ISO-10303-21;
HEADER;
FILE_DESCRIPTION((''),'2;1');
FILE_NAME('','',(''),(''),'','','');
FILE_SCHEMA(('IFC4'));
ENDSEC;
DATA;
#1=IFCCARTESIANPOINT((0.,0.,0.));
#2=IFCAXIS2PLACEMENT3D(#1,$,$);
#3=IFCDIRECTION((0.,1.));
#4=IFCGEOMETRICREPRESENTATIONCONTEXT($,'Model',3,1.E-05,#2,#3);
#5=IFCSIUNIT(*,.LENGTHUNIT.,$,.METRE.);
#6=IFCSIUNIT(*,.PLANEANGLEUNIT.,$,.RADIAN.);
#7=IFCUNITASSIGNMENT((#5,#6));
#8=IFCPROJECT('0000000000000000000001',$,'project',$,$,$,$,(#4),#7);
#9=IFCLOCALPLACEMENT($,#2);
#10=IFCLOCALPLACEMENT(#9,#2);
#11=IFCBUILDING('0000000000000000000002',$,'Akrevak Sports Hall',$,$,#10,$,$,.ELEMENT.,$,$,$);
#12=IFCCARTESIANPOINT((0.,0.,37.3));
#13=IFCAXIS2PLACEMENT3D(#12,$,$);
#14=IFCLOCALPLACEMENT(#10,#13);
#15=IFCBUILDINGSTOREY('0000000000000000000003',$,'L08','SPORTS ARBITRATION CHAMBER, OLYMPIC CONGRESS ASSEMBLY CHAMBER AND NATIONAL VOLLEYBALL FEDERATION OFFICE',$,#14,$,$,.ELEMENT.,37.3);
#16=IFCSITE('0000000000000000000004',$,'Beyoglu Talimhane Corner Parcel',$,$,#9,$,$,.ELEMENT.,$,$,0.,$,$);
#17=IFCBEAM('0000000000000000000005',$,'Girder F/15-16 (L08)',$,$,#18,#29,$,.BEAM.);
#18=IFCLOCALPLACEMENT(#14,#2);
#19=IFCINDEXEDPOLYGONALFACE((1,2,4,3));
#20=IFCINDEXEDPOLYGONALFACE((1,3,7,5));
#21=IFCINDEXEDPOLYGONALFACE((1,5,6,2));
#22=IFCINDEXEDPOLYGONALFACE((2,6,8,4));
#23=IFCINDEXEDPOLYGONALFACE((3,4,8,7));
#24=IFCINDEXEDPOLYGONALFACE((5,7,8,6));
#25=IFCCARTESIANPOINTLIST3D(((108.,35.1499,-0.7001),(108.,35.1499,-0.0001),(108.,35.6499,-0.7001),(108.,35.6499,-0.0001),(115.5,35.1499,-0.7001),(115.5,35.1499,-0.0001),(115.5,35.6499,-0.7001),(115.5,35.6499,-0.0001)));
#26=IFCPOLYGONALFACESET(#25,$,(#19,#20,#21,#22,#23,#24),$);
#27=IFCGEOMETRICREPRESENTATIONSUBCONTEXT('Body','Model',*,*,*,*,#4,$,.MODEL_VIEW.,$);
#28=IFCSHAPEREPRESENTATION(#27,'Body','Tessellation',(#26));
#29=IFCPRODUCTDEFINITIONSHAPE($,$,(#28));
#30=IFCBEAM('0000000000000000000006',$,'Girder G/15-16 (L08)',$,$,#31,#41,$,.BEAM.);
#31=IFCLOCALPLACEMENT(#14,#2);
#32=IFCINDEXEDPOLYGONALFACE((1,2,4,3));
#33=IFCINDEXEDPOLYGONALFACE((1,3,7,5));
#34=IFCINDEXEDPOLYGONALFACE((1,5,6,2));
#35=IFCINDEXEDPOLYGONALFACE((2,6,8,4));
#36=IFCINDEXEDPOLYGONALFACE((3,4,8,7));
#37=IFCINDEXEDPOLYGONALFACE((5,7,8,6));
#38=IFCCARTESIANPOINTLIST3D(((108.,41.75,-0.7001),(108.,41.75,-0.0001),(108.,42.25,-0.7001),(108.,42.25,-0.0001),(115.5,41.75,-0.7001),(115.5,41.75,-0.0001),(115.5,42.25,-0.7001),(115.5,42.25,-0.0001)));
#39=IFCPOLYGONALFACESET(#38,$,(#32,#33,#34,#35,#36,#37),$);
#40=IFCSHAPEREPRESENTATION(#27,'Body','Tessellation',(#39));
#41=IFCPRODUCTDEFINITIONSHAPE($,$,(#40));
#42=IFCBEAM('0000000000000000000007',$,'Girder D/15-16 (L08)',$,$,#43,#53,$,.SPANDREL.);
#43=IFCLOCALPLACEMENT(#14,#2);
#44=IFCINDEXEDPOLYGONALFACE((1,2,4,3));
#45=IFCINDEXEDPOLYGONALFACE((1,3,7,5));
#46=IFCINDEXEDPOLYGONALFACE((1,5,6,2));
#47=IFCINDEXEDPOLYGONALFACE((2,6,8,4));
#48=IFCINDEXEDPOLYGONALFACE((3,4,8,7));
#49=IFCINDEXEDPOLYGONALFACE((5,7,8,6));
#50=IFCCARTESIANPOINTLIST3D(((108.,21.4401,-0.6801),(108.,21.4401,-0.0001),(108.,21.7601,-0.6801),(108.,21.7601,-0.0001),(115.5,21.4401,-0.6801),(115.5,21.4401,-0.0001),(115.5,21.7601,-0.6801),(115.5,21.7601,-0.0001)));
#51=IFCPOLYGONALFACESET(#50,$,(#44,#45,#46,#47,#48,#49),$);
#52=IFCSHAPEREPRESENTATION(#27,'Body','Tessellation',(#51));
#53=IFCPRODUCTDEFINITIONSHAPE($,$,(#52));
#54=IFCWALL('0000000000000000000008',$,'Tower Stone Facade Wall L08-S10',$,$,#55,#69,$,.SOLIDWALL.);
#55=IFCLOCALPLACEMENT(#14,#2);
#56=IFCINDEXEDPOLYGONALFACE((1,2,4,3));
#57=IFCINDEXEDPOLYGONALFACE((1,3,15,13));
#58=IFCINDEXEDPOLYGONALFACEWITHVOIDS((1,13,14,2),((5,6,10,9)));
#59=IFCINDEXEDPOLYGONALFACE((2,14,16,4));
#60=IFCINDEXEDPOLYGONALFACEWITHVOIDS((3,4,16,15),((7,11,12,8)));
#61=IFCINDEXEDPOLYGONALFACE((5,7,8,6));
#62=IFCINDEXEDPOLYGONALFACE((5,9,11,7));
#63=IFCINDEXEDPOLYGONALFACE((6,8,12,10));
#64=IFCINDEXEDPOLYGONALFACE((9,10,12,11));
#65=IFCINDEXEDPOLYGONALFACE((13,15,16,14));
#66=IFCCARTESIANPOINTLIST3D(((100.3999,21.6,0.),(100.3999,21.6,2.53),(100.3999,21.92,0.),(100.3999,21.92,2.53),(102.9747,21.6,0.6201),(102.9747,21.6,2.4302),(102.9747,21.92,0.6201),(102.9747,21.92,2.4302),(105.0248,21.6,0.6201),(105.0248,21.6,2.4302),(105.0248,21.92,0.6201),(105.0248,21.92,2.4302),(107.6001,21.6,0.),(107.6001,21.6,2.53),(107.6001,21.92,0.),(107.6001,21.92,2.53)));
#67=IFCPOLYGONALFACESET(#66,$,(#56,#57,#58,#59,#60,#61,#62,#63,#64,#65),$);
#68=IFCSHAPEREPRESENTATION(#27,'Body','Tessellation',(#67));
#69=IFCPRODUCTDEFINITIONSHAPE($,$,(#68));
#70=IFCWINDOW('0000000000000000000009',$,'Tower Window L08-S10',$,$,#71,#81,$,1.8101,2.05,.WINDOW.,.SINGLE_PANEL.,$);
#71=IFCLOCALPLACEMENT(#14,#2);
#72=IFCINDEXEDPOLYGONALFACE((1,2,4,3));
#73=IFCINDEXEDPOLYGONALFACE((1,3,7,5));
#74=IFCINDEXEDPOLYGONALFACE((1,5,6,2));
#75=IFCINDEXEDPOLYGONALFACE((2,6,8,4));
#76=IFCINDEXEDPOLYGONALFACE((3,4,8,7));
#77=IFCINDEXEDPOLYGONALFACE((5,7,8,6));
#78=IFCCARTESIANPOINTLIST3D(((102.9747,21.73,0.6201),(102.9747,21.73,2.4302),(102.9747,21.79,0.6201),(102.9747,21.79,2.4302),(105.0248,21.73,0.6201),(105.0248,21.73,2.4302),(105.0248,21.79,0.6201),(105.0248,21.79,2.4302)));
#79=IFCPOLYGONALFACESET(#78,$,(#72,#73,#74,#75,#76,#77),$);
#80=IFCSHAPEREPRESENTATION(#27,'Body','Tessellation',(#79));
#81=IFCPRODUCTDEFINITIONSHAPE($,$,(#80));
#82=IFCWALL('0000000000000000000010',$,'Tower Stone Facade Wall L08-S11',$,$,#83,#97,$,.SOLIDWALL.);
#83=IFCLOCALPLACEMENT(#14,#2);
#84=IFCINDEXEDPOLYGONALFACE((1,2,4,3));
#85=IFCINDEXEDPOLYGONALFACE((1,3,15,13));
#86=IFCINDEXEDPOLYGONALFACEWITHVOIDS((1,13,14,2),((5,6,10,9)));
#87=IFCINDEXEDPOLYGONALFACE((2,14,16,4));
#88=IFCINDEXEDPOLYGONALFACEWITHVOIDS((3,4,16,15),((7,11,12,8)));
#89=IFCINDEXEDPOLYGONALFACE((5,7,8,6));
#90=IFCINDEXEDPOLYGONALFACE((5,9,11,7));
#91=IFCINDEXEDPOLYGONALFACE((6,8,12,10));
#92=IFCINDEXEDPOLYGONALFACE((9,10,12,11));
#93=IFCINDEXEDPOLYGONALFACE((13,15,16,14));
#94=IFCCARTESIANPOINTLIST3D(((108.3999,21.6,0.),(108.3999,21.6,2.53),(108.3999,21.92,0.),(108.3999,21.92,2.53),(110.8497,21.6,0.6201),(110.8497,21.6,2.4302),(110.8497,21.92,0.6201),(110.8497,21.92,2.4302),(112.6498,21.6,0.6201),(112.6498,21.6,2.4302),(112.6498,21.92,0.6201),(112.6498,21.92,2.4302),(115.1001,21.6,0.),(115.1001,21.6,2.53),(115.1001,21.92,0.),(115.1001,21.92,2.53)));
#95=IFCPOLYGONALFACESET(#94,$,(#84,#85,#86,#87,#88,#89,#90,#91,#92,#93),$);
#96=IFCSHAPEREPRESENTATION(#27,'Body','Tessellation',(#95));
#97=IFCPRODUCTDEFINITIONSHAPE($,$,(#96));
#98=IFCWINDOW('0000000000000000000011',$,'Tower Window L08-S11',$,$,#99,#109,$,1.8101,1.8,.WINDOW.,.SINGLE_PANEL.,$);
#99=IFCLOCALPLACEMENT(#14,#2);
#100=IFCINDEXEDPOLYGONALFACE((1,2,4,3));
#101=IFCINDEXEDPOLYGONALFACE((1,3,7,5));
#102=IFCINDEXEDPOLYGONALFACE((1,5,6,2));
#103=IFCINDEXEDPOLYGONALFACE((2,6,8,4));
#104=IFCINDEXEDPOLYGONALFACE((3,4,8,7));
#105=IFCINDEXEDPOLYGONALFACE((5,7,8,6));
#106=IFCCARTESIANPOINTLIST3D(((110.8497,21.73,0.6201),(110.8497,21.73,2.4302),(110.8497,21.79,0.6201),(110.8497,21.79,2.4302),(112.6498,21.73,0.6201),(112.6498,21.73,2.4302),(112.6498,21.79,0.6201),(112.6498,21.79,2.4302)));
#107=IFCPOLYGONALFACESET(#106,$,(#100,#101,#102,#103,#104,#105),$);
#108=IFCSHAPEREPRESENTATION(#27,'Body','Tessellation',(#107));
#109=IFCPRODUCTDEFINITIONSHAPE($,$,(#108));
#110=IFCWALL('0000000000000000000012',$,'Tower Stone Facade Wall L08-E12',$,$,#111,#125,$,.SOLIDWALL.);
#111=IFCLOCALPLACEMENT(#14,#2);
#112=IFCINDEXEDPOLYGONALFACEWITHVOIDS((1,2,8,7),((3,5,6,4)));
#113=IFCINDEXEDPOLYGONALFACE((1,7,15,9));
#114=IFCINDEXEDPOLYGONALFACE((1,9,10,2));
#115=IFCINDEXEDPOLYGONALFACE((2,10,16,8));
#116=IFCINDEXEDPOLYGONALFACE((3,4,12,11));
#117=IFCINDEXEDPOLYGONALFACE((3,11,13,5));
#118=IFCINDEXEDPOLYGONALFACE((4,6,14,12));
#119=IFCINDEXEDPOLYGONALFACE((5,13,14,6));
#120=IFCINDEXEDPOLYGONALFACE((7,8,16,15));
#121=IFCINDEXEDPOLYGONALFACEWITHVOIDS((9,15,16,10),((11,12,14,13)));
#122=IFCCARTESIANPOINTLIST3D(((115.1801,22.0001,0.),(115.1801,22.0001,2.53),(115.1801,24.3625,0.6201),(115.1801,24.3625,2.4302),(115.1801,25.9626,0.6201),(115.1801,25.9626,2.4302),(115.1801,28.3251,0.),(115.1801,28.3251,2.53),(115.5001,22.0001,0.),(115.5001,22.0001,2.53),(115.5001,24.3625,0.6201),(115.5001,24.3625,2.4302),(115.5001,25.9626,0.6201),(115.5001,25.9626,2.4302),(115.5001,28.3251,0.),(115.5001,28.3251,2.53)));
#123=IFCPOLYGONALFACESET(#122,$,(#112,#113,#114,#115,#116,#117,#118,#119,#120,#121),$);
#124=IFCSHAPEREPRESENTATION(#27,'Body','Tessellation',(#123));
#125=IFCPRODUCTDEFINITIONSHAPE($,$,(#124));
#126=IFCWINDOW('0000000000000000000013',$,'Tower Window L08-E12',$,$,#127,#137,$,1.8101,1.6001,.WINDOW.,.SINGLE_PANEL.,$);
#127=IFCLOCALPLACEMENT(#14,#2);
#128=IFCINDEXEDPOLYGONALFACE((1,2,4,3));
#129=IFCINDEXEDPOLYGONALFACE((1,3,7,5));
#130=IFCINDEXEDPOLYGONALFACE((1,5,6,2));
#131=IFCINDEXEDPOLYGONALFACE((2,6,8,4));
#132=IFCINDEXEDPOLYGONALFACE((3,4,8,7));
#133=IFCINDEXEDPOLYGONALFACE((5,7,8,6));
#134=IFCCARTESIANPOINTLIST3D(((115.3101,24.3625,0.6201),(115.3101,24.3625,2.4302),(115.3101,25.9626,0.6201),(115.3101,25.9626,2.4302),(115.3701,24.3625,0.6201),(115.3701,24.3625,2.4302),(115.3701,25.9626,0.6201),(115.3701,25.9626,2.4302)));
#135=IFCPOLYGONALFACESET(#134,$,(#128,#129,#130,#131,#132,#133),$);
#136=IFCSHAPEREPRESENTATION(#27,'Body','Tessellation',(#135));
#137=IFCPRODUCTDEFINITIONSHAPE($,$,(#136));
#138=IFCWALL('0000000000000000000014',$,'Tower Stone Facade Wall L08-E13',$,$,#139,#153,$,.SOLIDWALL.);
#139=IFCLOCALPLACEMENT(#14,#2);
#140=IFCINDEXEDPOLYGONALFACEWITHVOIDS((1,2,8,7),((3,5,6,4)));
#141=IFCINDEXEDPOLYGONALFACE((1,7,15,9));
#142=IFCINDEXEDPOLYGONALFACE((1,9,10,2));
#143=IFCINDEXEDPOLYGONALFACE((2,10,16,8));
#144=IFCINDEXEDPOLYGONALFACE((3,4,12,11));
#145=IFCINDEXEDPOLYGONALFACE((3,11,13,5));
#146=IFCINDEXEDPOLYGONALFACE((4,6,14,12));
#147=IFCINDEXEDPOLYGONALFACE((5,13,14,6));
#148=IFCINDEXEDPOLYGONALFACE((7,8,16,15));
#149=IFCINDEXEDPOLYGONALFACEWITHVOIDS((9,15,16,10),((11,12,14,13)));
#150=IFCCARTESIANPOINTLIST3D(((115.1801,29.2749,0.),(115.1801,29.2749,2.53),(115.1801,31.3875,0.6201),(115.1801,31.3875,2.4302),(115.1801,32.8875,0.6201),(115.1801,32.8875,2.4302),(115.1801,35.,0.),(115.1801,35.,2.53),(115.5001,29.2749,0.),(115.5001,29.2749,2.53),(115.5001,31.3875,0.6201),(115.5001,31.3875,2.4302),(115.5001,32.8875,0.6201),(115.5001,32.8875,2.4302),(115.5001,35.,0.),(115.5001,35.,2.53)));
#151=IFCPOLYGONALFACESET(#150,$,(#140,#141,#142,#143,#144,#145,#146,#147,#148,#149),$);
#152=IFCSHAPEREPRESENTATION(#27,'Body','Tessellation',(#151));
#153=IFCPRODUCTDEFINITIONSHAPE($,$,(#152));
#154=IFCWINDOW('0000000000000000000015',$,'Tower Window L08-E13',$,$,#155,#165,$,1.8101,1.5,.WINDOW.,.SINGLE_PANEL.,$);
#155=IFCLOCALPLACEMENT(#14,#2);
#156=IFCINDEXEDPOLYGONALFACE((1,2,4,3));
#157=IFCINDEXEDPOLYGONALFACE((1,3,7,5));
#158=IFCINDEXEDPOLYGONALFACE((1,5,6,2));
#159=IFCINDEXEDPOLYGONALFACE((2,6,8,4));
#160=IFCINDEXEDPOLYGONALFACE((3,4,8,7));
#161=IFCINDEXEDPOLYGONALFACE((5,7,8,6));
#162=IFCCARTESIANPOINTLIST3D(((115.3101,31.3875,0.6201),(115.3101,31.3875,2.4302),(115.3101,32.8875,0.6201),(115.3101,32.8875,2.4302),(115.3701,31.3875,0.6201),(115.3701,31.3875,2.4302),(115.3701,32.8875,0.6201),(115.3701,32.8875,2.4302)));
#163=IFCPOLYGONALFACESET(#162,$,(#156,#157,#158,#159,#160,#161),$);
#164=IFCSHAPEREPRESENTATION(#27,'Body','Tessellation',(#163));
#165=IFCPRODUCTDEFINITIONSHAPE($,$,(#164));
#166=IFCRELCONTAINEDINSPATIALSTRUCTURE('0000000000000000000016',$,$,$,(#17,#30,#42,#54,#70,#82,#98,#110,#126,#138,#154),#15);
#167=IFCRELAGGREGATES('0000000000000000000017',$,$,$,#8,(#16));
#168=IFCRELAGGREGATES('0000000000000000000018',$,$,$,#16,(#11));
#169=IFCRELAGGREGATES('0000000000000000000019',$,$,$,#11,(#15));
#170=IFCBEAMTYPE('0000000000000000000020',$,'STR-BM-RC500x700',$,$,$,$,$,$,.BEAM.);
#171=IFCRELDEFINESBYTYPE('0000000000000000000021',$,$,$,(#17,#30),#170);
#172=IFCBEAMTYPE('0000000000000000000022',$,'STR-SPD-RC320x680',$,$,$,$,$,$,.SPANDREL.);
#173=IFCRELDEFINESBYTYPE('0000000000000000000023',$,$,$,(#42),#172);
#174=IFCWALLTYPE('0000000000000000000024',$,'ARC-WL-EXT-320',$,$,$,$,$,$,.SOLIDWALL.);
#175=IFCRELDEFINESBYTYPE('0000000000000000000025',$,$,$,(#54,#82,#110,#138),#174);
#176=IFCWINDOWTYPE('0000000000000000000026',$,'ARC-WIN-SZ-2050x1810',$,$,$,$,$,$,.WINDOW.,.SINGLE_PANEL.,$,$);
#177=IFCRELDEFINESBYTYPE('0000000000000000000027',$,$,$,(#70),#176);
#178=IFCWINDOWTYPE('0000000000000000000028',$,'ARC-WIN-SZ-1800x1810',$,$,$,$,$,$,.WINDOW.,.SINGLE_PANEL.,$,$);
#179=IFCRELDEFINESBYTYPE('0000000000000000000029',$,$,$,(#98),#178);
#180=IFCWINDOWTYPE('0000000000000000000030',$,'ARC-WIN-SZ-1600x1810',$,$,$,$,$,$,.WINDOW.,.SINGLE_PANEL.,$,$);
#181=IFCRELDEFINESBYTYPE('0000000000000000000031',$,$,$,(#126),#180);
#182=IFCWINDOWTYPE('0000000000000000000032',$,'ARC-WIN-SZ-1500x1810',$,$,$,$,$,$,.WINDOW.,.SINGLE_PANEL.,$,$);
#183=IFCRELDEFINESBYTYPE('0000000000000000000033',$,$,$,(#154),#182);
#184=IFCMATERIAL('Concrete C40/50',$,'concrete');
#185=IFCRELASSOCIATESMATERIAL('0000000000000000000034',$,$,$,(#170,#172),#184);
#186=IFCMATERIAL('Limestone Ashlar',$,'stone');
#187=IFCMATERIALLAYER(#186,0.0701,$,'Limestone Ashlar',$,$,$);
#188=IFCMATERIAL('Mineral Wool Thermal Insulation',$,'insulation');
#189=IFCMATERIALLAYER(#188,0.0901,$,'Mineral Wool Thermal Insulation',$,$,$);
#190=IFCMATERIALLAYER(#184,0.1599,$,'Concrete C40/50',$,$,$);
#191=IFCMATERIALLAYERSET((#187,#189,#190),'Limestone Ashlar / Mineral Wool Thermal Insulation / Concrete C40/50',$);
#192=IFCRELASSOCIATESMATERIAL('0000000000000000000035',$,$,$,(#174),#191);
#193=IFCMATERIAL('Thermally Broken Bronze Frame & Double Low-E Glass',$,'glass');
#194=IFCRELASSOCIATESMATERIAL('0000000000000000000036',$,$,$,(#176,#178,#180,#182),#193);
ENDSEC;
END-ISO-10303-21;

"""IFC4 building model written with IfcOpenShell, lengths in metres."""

from ifc_helpers import new_model, si_unit, direction, frame, frame_2d, origin, origin_2d, place, context, subcontext, project, spatial, rectangle, extrude, material, layer, layer_set, material_profile, profile_set, type_object, element, fill, save


model = new_model("IFC4")

# Units and contexts
model_context = context("Model", 3, precision=1e-05, world=origin(), true_north=direction((0.0, 1.0)))
body_context = subcontext(model_context, "Body", "Model", "MODEL_VIEW")
ifc_project = project(units=[si_unit("LENGTHUNIT", "METRE"), si_unit("PLANEANGLEUNIT", "RADIAN")], contexts=[model_context])

# Site, building, storey
site_placement = place(None, origin())
site = spatial("IfcSite", under=ifc_project, at=site_placement, Name="Beyoglu Talimhane Corner Parcel", CompositionType="ELEMENT", RefElevation=0.0)
building_placement = place(site_placement, origin())
building = spatial("IfcBuilding", under=site, at=building_placement, Name="Akrevak Sports Hall", CompositionType="ELEMENT")
storey_placement = place(building_placement, frame((0.0, 0.0, 37.3)))
storey = spatial("IfcBuildingStorey", under=building, at=storey_placement, Name="L08", Description="SPORTS ARBITRATION CHAMBER, OLYMPIC CONGRESS ASSEMBLY CHAMBER AND NATIONAL VOLLEYBALL FEDERATION OFFICE", CompositionType="ELEMENT", Elevation=37.3)

# Shared definitions
ifc_material_1 = material(Name="Concrete C40/50", Category="concrete")

# Beams
ifc_material_profile_1 = material_profile(ifc_material_1, rectangle(XDim=0.5, YDim=0.7, at=origin_2d()), Name="BM 500x700", Category="concrete")
ifc_profile_set_1 = profile_set([ifc_material_profile_1], Name="Concrete C40/50")
beam_type_1 = type_object("IfcBeamType", Name="STR-BM-RC500x700", PredefinedType="BEAM", material=ifc_profile_set_1)
for number, where, z_axis, x_axis, name in (
    (1, (108.0, 35.3999, -0.3501), (1.0, 0.0, 0.0), (0.0, 1.0, 0.0), "Girder F/15-16 (L08)"),
    (2, (108.0, 42.0, -0.3501), (1.0, 0.0, 0.0), (0.0, 1.0, 0.0), "Girder G/15-16 (L08)"),
):
    element("IfcBeam", number, at=place(storey_placement, frame(where, z_axis=z_axis, x_axis=x_axis)), inside=storey, type_object=beam_type_1, Name=name, PredefinedType="BEAM", context=body_context, shape_type="SweptSolid", body=[
        extrude(rectangle(XDim=0.5, YDim=0.7, at=origin_2d()), origin(), (0.0, 0.0, 1.0), 7.5),
    ])
ifc_material_profile_2 = material_profile(ifc_material_1, rectangle(XDim=0.3201, YDim=0.6799, at=origin_2d()), Name="SPD 320x680", Category="concrete")
ifc_profile_set_2 = profile_set([ifc_material_profile_2], Name="Concrete C40/50")
beam_type_2 = type_object("IfcBeamType", Name="STR-SPD-RC320x680", PredefinedType="SPANDREL", material=ifc_profile_set_2)
beam_1_placement = place(storey_placement, frame((108.0, 21.6001, -0.3401), z_axis=(1.0, 0.0, 0.0), x_axis=(0.0, 1.0, 0.0)))
element("IfcBeam", 3, at=beam_1_placement, inside=storey, type_object=beam_type_2, Name="Girder D/15-16 (L08)", PredefinedType="SPANDREL", context=body_context, shape_type="SweptSolid", body=[
    extrude(rectangle(XDim=0.3201, YDim=0.6799, at=origin_2d()), origin(), (0.0, 0.0, 1.0), 7.5),
])

# Walls, openings, windows
ifc_material_2 = material(Name="Limestone Ashlar", Category="stone")
ifc_layer_1 = layer(ifc_material_2, 0.0701, Name="Limestone Ashlar")
ifc_material_3 = material(Name="Mineral Wool Thermal Insulation", Category="insulation")
ifc_layer_2 = layer(ifc_material_3, 0.0901, Name="Mineral Wool Thermal Insulation")
ifc_layer_3 = layer(ifc_material_1, 0.1599, Name="Concrete C40/50")
ifc_layer_set_1 = layer_set([ifc_layer_1, ifc_layer_2, ifc_layer_3], Name="Limestone Ashlar / Mineral Wool Thermal Insulation / Concrete C40/50")
wall_type_1 = type_object("IfcWallType", Name="ARC-WL-EXT-320", PredefinedType="SOLIDWALL", material=ifc_layer_set_1)
wall_1_placement = place(storey_placement, frame((100.3999, 21.76, 0.0), z_axis=(0.0, 0.0, 1.0), x_axis=(1.0, 0.0, 0.0)))
wall_1 = element("IfcWall", 4, at=wall_1_placement, inside=storey, type_object=wall_type_1, Name="Tower Stone Facade Wall L08-S10", PredefinedType="SOLIDWALL", context=body_context, shape_type="SweptSolid", body=[
    extrude(rectangle(XDim=7.2002, YDim=0.3201, at=frame_2d((3.6001, 0.0))), origin(), (0.0, 0.0, 1.0), 2.53),
])
opening_1_placement = place(wall_1_placement, frame((2.575, 0.0, 0.6201)))
opening_1 = element("IfcOpeningElement", 5, at=opening_1_placement, cuts=wall_1, PredefinedType="OPENING", context=body_context, shape_type="SweptSolid", body=[
    extrude(rectangle(XDim=2.05, YDim=1.8101, at=frame_2d((1.0249, 0.905))), frame((0.0, 0.1719, 0.0), z_axis=(0.0, -1.0, 0.0), x_axis=(1.0, 0.0, 0.0)), (0.0, 0.0, 1.0), 0.344),
])
ifc_material_4 = material(Name="Thermally Broken Bronze Frame & Double Low-E Glass", Category="glass")
window_type_1 = type_object("IfcWindowType", Name="ARC-WIN-SZ-2050x1810", PartitioningType="SINGLE_PANEL", PredefinedType="WINDOW", material=ifc_material_4)
window_1_placement = place(opening_1_placement, origin())
window_1 = element("IfcWindow", 6, at=window_1_placement, inside=storey, type_object=window_type_1, Name="Tower Window L08-S10", OverallHeight=1.8101, OverallWidth=2.05, PartitioningType="SINGLE_PANEL", PredefinedType="WINDOW", context=body_context, shape_type="SweptSolid", body=[
    extrude(rectangle(XDim=2.05, YDim=1.8101, at=frame_2d((1.0249, 0.905))), frame((0.0, 0.03, 0.0), z_axis=(0.0, -1.0, 0.0), x_axis=(1.0, 0.0, 0.0)), (0.0, 0.0, 1.0), 0.0601),
])
fill(opening_1, window_1)
wall_2_placement = place(storey_placement, frame((108.3999, 21.76, 0.0), z_axis=(0.0, 0.0, 1.0), x_axis=(1.0, 0.0, 0.0)))
wall_2 = element("IfcWall", 7, at=wall_2_placement, inside=storey, type_object=wall_type_1, Name="Tower Stone Facade Wall L08-S11", PredefinedType="SOLIDWALL", context=body_context, shape_type="SweptSolid", body=[
    extrude(rectangle(XDim=6.7002, YDim=0.3201, at=frame_2d((3.3501, 0.0))), origin(), (0.0, 0.0, 1.0), 2.53),
])
opening_2_placement = place(wall_2_placement, frame((2.45, 0.0, 0.6201)))
opening_2 = element("IfcOpeningElement", 8, at=opening_2_placement, cuts=wall_2, PredefinedType="OPENING", context=body_context, shape_type="SweptSolid", body=[
    extrude(rectangle(XDim=1.8, YDim=1.8101, at=frame_2d((0.8999, 0.905))), frame((0.0, 0.1719, 0.0), z_axis=(0.0, -1.0, 0.0), x_axis=(1.0, 0.0, 0.0)), (0.0, 0.0, 1.0), 0.344),
])
window_type_2 = type_object("IfcWindowType", Name="ARC-WIN-SZ-1800x1810", PartitioningType="SINGLE_PANEL", PredefinedType="WINDOW", material=ifc_material_4)
window_2_placement = place(opening_2_placement, origin())
window_2 = element("IfcWindow", 9, at=window_2_placement, inside=storey, type_object=window_type_2, Name="Tower Window L08-S11", OverallHeight=1.8101, OverallWidth=1.8, PartitioningType="SINGLE_PANEL", PredefinedType="WINDOW", context=body_context, shape_type="SweptSolid", body=[
    extrude(rectangle(XDim=1.8, YDim=1.8101, at=frame_2d((0.8999, 0.905))), frame((0.0, 0.03, 0.0), z_axis=(0.0, -1.0, 0.0), x_axis=(1.0, 0.0, 0.0)), (0.0, 0.0, 1.0), 0.0601),
])
fill(opening_2, window_2)
wall_3_placement = place(storey_placement, frame((115.3401, 22.0, 0.0), z_axis=(0.0, 0.0, 1.0), x_axis=(0.0, 1.0, 0.0)))
wall_3 = element("IfcWall", 10, at=wall_3_placement, inside=storey, type_object=wall_type_1, Name="Tower Stone Facade Wall L08-E12", PredefinedType="SOLIDWALL", context=body_context, shape_type="SweptSolid", body=[
    extrude(rectangle(XDim=6.325, YDim=0.3201, at=frame_2d((3.1626, 0.0))), origin(), (0.0, 0.0, 1.0), 2.53),
])
opening_3_placement = place(wall_3_placement, frame((2.3625, 0.0, 0.6201)))
opening_3 = element("IfcOpeningElement", 11, at=opening_3_placement, cuts=wall_3, PredefinedType="OPENING", context=body_context, shape_type="SweptSolid", body=[
    extrude(rectangle(XDim=1.6001, YDim=1.8101, at=frame_2d((0.8, 0.905))), frame((0.0, 0.1719, 0.0), z_axis=(0.0, -1.0, 0.0), x_axis=(1.0, 0.0, 0.0)), (0.0, 0.0, 1.0), 0.344),
])
window_type_3 = type_object("IfcWindowType", Name="ARC-WIN-SZ-1600x1810", PartitioningType="SINGLE_PANEL", PredefinedType="WINDOW", material=ifc_material_4)
window_3_placement = place(opening_3_placement, origin())
window_3 = element("IfcWindow", 12, at=window_3_placement, inside=storey, type_object=window_type_3, Name="Tower Window L08-E12", OverallHeight=1.8101, OverallWidth=1.6001, PartitioningType="SINGLE_PANEL", PredefinedType="WINDOW", context=body_context, shape_type="SweptSolid", body=[
    extrude(rectangle(XDim=1.6001, YDim=1.8101, at=frame_2d((0.8, 0.905))), frame((0.0, 0.03, 0.0), z_axis=(0.0, -1.0, 0.0), x_axis=(1.0, 0.0, 0.0)), (0.0, 0.0, 1.0), 0.0601),
])
fill(opening_3, window_3)
wall_4_placement = place(storey_placement, frame((115.3401, 29.2749, 0.0), z_axis=(0.0, 0.0, 1.0), x_axis=(0.0, 1.0, 0.0)))
wall_4 = element("IfcWall", 13, at=wall_4_placement, inside=storey, type_object=wall_type_1, Name="Tower Stone Facade Wall L08-E13", PredefinedType="SOLIDWALL", context=body_context, shape_type="SweptSolid", body=[
    extrude(rectangle(XDim=5.7251, YDim=0.3201, at=frame_2d((2.8625, 0.0))), origin(), (0.0, 0.0, 1.0), 2.53),
])
opening_4_placement = place(wall_4_placement, frame((2.1125, 0.0, 0.6201)))
opening_4 = element("IfcOpeningElement", 14, at=opening_4_placement, cuts=wall_4, PredefinedType="OPENING", context=body_context, shape_type="SweptSolid", body=[
    extrude(rectangle(XDim=1.5, YDim=1.8101, at=frame_2d((0.75, 0.905))), frame((0.0, 0.1719, 0.0), z_axis=(0.0, -1.0, 0.0), x_axis=(1.0, 0.0, 0.0)), (0.0, 0.0, 1.0), 0.344),
])
window_type_4 = type_object("IfcWindowType", Name="ARC-WIN-SZ-1500x1810", PartitioningType="SINGLE_PANEL", PredefinedType="WINDOW", material=ifc_material_4)
window_4_placement = place(opening_4_placement, origin())
window_4 = element("IfcWindow", 15, at=window_4_placement, inside=storey, type_object=window_type_4, Name="Tower Window L08-E13", OverallHeight=1.8101, OverallWidth=1.5, PartitioningType="SINGLE_PANEL", PredefinedType="WINDOW", context=body_context, shape_type="SweptSolid", body=[
    extrude(rectangle(XDim=1.5, YDim=1.8101, at=frame_2d((0.75, 0.905))), frame((0.0, 0.03, 0.0), z_axis=(0.0, -1.0, 0.0), x_axis=(1.0, 0.0, 0.0)), (0.0, 0.0, 1.0), 0.0601),
])
fill(opening_4, window_4)

save(model, "model.ifc")
